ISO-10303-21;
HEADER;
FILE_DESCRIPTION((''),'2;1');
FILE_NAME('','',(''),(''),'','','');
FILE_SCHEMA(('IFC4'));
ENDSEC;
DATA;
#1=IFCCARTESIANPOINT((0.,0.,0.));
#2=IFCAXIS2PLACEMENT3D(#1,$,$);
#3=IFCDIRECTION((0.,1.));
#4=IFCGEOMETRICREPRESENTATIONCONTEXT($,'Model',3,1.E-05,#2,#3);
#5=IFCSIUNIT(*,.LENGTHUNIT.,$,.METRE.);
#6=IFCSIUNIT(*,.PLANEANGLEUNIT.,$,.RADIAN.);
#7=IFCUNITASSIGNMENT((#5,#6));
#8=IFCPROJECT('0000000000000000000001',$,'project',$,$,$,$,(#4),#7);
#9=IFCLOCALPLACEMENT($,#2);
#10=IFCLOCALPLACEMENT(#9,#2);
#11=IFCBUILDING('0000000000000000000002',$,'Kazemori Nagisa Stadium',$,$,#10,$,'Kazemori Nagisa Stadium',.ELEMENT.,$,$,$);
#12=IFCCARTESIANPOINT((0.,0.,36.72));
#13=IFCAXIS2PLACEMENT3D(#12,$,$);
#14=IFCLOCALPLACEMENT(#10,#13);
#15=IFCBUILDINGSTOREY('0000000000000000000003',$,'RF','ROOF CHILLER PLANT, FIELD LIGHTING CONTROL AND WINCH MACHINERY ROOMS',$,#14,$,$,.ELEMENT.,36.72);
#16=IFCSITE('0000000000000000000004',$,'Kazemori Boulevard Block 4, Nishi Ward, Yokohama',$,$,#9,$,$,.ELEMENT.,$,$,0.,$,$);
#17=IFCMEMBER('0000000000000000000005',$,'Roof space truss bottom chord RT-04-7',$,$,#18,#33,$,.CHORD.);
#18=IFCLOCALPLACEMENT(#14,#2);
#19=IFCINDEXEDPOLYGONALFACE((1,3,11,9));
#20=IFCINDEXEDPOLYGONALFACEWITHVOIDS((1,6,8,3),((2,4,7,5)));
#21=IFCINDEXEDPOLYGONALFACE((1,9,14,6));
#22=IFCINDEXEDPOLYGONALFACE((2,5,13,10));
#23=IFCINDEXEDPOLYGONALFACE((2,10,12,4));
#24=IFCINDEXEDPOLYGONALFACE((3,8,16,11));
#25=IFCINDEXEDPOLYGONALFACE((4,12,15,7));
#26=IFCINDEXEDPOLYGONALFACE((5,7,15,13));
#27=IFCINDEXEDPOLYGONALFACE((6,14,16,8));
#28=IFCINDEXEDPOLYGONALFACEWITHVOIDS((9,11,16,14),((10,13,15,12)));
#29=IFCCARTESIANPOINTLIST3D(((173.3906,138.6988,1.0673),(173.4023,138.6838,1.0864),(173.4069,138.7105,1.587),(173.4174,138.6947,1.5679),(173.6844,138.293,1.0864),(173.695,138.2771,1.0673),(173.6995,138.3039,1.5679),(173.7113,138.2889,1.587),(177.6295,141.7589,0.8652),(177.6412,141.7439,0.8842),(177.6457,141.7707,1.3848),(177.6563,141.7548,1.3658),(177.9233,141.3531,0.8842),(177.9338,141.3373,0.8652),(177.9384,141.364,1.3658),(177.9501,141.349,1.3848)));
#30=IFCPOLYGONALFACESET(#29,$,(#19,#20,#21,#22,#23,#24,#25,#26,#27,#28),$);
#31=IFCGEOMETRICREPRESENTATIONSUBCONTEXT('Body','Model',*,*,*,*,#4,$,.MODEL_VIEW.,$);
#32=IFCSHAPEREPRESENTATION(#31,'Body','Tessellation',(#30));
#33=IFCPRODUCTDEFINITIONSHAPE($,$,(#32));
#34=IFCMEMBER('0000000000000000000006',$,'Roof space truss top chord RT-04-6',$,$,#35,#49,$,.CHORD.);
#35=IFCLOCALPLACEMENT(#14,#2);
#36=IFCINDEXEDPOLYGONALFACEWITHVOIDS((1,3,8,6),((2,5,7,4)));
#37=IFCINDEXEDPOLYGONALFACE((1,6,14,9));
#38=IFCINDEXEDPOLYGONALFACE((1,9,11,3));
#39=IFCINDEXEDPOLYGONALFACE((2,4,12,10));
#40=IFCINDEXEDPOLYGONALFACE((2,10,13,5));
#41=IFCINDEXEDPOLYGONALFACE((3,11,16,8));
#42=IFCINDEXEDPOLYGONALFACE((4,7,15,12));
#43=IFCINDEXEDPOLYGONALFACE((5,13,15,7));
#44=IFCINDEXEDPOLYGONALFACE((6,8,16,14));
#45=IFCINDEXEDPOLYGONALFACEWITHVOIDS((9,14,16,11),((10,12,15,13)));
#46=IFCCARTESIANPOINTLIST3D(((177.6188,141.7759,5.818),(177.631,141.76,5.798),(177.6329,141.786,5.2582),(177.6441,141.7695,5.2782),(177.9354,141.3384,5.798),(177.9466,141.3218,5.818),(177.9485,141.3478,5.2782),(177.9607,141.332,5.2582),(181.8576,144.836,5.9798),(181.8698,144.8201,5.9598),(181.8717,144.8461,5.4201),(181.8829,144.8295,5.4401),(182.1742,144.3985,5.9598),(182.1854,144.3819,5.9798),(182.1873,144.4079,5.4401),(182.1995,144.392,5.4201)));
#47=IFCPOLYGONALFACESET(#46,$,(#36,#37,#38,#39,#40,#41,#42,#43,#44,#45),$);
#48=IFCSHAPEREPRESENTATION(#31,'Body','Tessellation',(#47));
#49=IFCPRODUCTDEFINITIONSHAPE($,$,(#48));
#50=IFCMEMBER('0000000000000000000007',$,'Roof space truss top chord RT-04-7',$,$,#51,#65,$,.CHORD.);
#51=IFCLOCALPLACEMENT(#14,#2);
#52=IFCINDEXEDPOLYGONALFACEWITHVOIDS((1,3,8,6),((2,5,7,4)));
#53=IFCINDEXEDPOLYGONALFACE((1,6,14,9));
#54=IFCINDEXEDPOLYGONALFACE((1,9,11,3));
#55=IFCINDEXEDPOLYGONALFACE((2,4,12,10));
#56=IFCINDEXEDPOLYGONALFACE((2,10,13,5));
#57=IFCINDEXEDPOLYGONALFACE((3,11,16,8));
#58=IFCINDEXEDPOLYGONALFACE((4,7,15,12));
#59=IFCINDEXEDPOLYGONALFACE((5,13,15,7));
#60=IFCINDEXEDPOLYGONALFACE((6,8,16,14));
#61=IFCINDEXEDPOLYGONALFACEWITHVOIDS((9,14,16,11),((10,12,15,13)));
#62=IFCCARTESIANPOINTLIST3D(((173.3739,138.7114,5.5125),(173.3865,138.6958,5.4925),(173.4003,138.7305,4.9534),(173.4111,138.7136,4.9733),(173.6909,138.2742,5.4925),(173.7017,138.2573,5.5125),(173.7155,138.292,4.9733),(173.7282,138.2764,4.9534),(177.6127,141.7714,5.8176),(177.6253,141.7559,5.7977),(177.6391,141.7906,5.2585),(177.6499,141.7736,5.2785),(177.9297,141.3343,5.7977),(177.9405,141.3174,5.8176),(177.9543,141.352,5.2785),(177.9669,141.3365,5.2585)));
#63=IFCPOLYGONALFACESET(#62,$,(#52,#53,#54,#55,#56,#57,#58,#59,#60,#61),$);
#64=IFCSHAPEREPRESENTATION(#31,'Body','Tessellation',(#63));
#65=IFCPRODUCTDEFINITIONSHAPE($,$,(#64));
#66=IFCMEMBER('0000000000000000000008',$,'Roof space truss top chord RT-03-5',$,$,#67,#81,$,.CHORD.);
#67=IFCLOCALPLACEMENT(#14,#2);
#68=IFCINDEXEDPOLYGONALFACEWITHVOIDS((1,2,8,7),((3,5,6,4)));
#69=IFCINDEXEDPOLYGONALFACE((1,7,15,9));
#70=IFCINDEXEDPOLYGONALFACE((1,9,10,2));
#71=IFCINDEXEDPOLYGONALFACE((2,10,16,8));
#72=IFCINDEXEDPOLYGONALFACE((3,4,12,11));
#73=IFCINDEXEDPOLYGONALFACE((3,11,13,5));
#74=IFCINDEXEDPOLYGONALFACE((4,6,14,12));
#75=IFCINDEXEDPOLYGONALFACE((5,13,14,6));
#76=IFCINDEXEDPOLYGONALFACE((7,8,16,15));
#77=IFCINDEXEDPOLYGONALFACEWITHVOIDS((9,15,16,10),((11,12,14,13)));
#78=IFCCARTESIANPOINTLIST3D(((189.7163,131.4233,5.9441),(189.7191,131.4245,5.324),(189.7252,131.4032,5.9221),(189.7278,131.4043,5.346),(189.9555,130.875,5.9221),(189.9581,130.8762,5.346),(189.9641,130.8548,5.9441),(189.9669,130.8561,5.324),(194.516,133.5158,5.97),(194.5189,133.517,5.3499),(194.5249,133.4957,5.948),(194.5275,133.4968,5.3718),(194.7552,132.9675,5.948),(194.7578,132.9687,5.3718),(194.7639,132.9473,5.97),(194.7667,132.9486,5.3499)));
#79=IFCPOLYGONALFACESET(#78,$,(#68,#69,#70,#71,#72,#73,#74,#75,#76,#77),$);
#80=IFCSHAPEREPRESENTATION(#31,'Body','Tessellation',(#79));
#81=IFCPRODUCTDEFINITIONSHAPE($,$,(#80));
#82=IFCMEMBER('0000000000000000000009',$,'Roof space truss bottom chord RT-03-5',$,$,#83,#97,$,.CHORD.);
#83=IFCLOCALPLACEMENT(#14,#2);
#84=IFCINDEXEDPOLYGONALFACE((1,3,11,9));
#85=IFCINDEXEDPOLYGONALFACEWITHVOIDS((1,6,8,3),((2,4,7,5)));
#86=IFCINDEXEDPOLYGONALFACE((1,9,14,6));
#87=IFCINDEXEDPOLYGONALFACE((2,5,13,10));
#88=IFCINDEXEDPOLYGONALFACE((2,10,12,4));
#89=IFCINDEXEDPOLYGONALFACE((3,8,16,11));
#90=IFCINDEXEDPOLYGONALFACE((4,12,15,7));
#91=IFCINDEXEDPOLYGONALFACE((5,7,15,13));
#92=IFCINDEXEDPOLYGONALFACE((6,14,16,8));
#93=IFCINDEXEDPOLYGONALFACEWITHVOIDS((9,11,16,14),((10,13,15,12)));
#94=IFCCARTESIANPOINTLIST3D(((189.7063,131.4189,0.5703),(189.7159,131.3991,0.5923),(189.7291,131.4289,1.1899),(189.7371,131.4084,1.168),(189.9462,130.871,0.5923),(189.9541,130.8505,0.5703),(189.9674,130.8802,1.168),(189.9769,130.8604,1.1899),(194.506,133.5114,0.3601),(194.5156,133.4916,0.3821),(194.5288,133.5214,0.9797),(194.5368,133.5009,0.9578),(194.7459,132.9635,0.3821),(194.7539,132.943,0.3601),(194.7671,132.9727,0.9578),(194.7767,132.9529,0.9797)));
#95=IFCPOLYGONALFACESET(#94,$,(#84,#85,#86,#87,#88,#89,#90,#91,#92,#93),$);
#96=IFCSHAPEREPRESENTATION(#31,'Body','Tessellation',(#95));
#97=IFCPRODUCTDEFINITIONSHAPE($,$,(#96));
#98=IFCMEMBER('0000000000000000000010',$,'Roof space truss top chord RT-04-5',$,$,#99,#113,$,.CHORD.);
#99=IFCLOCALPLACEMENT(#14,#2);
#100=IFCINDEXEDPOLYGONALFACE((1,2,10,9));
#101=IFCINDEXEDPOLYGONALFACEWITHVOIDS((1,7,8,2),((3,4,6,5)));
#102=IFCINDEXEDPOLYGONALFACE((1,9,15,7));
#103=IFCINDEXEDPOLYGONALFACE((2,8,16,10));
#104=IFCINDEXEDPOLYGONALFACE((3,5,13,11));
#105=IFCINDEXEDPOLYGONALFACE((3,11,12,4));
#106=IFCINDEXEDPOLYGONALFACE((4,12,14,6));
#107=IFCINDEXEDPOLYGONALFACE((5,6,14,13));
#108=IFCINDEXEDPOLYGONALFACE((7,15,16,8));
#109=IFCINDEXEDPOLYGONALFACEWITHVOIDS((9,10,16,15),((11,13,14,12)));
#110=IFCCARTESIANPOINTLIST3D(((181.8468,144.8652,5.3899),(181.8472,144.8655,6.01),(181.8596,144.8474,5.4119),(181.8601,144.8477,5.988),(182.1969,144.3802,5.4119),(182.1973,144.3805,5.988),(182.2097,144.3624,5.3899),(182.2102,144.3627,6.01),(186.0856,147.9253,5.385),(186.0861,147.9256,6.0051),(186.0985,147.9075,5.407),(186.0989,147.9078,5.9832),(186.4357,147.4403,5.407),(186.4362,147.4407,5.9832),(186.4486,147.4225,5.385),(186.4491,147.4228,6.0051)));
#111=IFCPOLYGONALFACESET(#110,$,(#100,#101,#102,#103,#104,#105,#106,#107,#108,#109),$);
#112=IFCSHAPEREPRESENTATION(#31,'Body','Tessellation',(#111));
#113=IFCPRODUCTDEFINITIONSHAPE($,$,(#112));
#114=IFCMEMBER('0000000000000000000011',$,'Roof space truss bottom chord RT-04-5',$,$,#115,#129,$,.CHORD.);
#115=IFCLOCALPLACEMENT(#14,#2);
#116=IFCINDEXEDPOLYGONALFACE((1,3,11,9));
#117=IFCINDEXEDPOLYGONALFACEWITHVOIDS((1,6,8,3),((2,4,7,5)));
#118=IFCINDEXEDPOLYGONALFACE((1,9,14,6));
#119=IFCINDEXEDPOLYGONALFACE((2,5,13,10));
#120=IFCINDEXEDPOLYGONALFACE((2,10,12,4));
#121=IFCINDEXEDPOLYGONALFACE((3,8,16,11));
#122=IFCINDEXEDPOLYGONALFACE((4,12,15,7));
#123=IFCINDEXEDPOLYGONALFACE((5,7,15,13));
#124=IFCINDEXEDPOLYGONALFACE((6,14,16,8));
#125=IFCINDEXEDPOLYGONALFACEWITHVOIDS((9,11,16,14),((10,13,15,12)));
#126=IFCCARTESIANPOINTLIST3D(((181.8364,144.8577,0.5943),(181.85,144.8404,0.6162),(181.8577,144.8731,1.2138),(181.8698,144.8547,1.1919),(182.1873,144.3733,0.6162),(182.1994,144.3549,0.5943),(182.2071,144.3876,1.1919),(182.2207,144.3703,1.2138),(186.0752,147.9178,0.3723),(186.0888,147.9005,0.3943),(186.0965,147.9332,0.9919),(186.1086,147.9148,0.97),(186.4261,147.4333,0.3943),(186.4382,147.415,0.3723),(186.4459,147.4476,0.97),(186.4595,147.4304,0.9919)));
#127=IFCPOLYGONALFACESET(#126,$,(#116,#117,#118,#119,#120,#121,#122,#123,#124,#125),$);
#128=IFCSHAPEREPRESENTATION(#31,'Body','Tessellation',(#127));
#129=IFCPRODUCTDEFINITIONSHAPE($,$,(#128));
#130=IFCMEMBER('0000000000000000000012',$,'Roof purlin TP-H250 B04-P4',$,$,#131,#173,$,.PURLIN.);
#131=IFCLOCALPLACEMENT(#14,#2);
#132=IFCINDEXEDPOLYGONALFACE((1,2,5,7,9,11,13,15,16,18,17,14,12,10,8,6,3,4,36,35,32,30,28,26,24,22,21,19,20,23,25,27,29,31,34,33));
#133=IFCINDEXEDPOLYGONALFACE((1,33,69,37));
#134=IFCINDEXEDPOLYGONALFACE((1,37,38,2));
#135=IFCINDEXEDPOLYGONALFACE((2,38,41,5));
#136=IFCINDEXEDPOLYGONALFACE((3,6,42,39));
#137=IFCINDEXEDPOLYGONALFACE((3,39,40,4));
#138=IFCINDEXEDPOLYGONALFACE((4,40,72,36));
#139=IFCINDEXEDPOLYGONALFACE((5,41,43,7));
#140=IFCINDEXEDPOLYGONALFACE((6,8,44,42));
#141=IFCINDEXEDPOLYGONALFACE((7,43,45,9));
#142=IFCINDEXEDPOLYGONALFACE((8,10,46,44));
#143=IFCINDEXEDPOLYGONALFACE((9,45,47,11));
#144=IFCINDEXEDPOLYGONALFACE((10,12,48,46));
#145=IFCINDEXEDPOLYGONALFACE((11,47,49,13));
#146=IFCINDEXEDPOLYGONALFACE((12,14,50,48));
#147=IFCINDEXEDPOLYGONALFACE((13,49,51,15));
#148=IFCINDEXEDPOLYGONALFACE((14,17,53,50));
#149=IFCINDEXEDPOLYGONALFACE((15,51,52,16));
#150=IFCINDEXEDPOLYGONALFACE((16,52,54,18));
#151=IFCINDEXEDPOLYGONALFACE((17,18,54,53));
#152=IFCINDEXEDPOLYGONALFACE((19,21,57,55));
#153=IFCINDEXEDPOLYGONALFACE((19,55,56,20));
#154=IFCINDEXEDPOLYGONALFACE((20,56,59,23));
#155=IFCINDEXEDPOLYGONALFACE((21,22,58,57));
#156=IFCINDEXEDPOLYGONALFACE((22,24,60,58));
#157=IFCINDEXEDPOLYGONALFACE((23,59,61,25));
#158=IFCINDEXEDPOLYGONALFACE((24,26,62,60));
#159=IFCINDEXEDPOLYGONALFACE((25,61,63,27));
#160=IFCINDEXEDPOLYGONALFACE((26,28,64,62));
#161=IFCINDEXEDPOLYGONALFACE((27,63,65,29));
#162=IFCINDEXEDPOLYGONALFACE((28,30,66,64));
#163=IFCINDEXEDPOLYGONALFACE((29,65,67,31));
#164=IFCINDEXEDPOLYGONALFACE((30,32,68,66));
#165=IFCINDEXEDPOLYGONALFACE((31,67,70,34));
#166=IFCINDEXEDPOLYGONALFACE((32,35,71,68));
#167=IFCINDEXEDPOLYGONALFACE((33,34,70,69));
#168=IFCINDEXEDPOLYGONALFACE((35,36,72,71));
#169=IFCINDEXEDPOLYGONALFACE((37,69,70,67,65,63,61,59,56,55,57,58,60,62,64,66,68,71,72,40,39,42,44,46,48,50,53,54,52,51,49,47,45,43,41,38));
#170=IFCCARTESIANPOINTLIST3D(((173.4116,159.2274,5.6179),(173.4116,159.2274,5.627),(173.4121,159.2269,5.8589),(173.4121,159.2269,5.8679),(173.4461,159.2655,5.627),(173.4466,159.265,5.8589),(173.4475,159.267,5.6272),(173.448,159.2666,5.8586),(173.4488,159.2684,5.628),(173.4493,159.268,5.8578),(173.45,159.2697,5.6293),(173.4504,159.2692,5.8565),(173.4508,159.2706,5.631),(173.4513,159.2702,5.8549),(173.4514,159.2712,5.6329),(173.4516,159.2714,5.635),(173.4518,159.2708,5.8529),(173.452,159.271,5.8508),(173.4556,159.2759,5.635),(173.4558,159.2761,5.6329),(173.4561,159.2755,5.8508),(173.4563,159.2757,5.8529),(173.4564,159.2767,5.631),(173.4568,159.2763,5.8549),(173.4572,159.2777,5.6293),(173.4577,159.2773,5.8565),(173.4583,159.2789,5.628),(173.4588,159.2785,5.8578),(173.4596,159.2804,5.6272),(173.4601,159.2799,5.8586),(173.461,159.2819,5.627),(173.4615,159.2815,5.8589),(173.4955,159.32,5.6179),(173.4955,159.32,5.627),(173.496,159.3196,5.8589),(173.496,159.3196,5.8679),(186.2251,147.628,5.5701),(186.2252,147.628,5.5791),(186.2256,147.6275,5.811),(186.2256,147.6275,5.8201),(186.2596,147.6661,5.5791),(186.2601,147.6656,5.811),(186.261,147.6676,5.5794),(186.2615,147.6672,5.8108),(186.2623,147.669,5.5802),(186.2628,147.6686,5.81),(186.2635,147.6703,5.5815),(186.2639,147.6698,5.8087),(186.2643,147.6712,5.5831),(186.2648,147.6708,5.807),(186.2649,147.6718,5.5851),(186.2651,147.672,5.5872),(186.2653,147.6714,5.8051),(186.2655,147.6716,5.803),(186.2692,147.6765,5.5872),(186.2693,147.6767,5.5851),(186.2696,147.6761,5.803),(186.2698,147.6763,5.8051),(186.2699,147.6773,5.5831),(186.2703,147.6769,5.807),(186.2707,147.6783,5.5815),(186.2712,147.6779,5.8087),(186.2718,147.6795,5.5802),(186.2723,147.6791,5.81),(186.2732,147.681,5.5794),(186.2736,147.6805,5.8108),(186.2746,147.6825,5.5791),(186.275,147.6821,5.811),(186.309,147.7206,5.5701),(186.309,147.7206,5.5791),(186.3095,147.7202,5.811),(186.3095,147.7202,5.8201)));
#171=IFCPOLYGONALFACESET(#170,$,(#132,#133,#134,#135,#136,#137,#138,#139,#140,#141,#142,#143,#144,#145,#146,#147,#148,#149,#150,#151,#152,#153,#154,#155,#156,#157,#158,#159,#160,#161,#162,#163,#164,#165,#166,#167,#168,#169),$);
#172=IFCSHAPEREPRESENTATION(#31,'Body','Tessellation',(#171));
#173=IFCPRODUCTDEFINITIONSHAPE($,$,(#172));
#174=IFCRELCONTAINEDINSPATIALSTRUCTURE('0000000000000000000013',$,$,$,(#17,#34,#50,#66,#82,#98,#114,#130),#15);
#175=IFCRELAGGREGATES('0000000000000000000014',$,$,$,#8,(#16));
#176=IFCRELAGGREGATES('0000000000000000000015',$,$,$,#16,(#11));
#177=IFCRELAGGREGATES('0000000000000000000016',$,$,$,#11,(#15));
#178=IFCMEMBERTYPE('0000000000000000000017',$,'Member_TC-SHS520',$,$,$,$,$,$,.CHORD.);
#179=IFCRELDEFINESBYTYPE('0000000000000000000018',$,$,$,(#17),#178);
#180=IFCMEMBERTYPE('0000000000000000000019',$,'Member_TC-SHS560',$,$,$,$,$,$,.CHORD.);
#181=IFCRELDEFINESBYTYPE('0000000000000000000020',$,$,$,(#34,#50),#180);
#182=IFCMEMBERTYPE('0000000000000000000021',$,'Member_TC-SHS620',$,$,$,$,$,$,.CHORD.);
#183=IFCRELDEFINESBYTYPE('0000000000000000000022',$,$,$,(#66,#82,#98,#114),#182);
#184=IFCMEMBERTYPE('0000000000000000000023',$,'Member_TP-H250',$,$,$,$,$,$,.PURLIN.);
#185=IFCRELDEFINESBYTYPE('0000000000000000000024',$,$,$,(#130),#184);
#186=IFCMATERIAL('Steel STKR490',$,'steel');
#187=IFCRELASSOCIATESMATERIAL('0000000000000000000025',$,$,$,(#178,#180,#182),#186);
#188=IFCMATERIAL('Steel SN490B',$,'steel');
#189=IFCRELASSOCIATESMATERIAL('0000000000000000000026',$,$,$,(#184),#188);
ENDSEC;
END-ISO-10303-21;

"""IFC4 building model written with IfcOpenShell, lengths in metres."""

from ifc_helpers import new_model, si_unit, direction, frame, origin, origin_2d, place, context, subcontext, project, spatial, hollow_rectangle, i_section, extrude, material, material_profile, profile_set, type_object, element, save


model = new_model("IFC4")

# Units and contexts
model_context = context("Model", 3, precision=1e-05, world=origin(), true_north=direction((0.0, 1.0)))
body_context = subcontext(model_context, "Body", "Model", "MODEL_VIEW")
ifc_project = project(units=[si_unit("LENGTHUNIT", "METRE"), si_unit("PLANEANGLEUNIT", "RADIAN")], contexts=[model_context])

# Site, building, storey
site_placement = place(None, origin())
site = spatial("IfcSite", under=ifc_project, at=site_placement, Name="Kazemori Boulevard Block 4, Nishi Ward, Yokohama", CompositionType="ELEMENT", RefElevation=0.0)
building_placement = place(site_placement, origin())
building = spatial("IfcBuilding", under=site, at=building_placement, Name="Kazemori Nagisa Stadium", LongName="Kazemori Nagisa Stadium", CompositionType="ELEMENT")
storey_placement = place(building_placement, frame((0.0, 0.0, 36.72)))
storey = spatial("IfcBuildingStorey", under=building, at=storey_placement, Name="RF", Description="ROOF CHILLER PLANT, FIELD LIGHTING CONTROL AND WINCH MACHINERY ROOMS", CompositionType="ELEMENT", Elevation=36.72)

# Shared definitions
ifc_material_1 = material(Name="Steel SN490B", Category="steel")

# Members
ifc_material_2 = material(Name="Steel STKR490", Category="steel")
ifc_material_profile_1 = material_profile(ifc_material_2, hollow_rectangle(XDim=0.52, YDim=0.52, WallThickness=0.019, at=origin_2d()), Name="SHS-520x520x19")
ifc_profile_set_1 = profile_set([ifc_material_profile_1], Name="Steel STKR490")
member_type_1 = type_object("IfcMemberType", Name="Member_TC-SHS520", PredefinedType="CHORD", material=ifc_profile_set_1)
member_1_placement = place(storey_placement, frame((177.7898, 141.554, 1.125), z_axis=(-0.81019, -0.584893, 0.038638), x_axis=(0.58533, -0.810795, 0.0)))
element("IfcMember", 1, at=member_1_placement, inside=storey, type_object=member_type_1, Name="Roof space truss bottom chord RT-04-7", PredefinedType="CHORD", context=body_context, shape_type="SweptSolid", body=[
    extrude(hollow_rectangle(XDim=0.52, YDim=0.52, WallThickness=0.019, at=origin_2d()), origin(), (0.0, 0.0, 1.0), 5.2319),
])
ifc_material_profile_2 = material_profile(ifc_material_2, hollow_rectangle(XDim=0.5601, YDim=0.5601, WallThickness=0.02, at=origin_2d()), Name="SHS-560x560x20")
ifc_profile_set_2 = profile_set([ifc_material_profile_2], Name="Steel STKR490")
member_type_2 = type_object("IfcMemberType", Name="Member_TC-SHS560", PredefinedType="CHORD", material=ifc_profile_set_2)
member_2_placement = place(storey_placement, frame((182.0286, 144.614, 5.7), z_axis=(-0.810407, -0.58505, -0.030947), x_axis=(0.58533, -0.810795, 0.0)))
element("IfcMember", 2, at=member_2_placement, inside=storey, type_object=member_type_2, Name="Roof space truss top chord RT-04-6", PredefinedType="CHORD", context=body_context, shape_type="SweptSolid", body=[
    extrude(hollow_rectangle(XDim=0.5601, YDim=0.5601, WallThickness=0.02, at=origin_2d()), origin(), (0.0, 0.0, 1.0), 5.2305),
])
member_3_placement = place(storey_placement, frame((177.7898, 141.554, 5.5381), z_axis=(-0.809417, -0.584336, -0.058275), x_axis=(0.58533, -0.810795, 0.0)))
element("IfcMember", 3, at=member_3_placement, inside=storey, type_object=member_type_2, Name="Roof space truss top chord RT-04-7", PredefinedType="CHORD", context=body_context, shape_type="SweptSolid", body=[
    extrude(hollow_rectangle(XDim=0.5601, YDim=0.5601, WallThickness=0.02, at=origin_2d()), origin(), (0.0, 0.0, 1.0), 5.2368),
])
ifc_material_profile_3 = material_profile(ifc_material_2, hollow_rectangle(XDim=0.6201, YDim=0.6201, WallThickness=0.022, at=origin_2d()), Name="SHS-620x620x22")
ifc_profile_set_3 = profile_set([ifc_material_profile_3], Name="Steel STKR490")
member_type_3 = type_object("IfcMemberType", Name="Member_TC-SHS620", PredefinedType="CHORD", material=ifc_profile_set_3)
member_4_placement = place(storey_placement, frame((194.6414, 133.2322, 5.6599), z_axis=(-0.916663, -0.39963, -0.004942), x_axis=(0.399635, -0.916675, 0.0)))
element("IfcMember", 4, at=member_4_placement, inside=storey, type_object=member_type_3, Name="Roof space truss top chord RT-03-5", PredefinedType="CHORD", context=body_context, shape_type="SweptSolid", body=[
    extrude(hollow_rectangle(XDim=0.6201, YDim=0.6201, WallThickness=0.022, at=origin_2d()), origin(), (0.0, 0.0, 1.0), 5.2361),
])
member_5_placement = place(storey_placement, frame((194.6414, 133.2322, 0.6699), z_axis=(-0.915937, -0.399313, 0.040113), x_axis=(0.399635, -0.916675, 0.0)))
element("IfcMember", 5, at=member_5_placement, inside=storey, type_object=member_type_3, Name="Roof space truss bottom chord RT-03-5", PredefinedType="CHORD", context=body_context, shape_type="SweptSolid", body=[
    extrude(hollow_rectangle(XDim=0.6201, YDim=0.6201, WallThickness=0.022, at=origin_2d()), origin(), (0.0, 0.0, 1.0), 5.2402),
])
member_6_placement = place(storey_placement, frame((186.2673, 147.6741, 5.6951), z_axis=(-0.810795, -0.58533, 0.000934), x_axis=(0.58533, -0.810795, 0.0)))
element("IfcMember", 6, at=member_6_placement, inside=storey, type_object=member_type_3, Name="Roof space truss top chord RT-04-5", PredefinedType="CHORD", context=body_context, shape_type="SweptSolid", body=[
    extrude(hollow_rectangle(XDim=0.6201, YDim=0.6201, WallThickness=0.022, at=origin_2d()), origin(), (0.0, 0.0, 1.0), 5.228),
])
member_7_placement = place(storey_placement, frame((186.2673, 147.6741, 0.6821), z_axis=(-0.810065, -0.584804, 0.042412), x_axis=(0.58533, -0.810795, 0.0)))
element("IfcMember", 7, at=member_7_placement, inside=storey, type_object=member_type_3, Name="Roof space truss bottom chord RT-04-5", PredefinedType="CHORD", context=body_context, shape_type="SweptSolid", body=[
    extrude(hollow_rectangle(XDim=0.6201, YDim=0.6201, WallThickness=0.022, at=origin_2d()), origin(), (0.0, 0.0, 1.0), 5.2327),
])
ifc_material_profile_4 = material_profile(ifc_material_1, i_section(OverallWidth=0.125, OverallDepth=0.25, WebThickness=0.0061, FlangeThickness=0.009, FilletRadius=0.0081, at=origin_2d()), Name="H-250x125x6x9")
ifc_profile_set_4 = profile_set([ifc_material_profile_4], Name="Steel SN490B")
member_type_4 = type_object("IfcMemberType", Name="Member_TP-H250", PredefinedType="PURLIN", material=ifc_profile_set_4)
member_8_placement = place(storey_placement, frame((186.2673, 147.6741, 5.6951), z_axis=(-0.741354, 0.671109, 0.002769), x_axis=(-0.671111, -0.741357, 0.0)))
element("IfcMember", 8, at=member_8_placement, inside=storey, type_object=member_type_4, Name="Roof purlin TP-H250 B04-P4", PredefinedType="PURLIN", context=body_context, shape_type="SweptSolid", body=[
    extrude(i_section(OverallWidth=0.125, OverallDepth=0.25, WebThickness=0.0061, FlangeThickness=0.009, FilletRadius=0.0081, at=origin_2d()), origin(), (0.0, 0.0, 1.0), 17.2839),
])

save(model, "model.ifc")
